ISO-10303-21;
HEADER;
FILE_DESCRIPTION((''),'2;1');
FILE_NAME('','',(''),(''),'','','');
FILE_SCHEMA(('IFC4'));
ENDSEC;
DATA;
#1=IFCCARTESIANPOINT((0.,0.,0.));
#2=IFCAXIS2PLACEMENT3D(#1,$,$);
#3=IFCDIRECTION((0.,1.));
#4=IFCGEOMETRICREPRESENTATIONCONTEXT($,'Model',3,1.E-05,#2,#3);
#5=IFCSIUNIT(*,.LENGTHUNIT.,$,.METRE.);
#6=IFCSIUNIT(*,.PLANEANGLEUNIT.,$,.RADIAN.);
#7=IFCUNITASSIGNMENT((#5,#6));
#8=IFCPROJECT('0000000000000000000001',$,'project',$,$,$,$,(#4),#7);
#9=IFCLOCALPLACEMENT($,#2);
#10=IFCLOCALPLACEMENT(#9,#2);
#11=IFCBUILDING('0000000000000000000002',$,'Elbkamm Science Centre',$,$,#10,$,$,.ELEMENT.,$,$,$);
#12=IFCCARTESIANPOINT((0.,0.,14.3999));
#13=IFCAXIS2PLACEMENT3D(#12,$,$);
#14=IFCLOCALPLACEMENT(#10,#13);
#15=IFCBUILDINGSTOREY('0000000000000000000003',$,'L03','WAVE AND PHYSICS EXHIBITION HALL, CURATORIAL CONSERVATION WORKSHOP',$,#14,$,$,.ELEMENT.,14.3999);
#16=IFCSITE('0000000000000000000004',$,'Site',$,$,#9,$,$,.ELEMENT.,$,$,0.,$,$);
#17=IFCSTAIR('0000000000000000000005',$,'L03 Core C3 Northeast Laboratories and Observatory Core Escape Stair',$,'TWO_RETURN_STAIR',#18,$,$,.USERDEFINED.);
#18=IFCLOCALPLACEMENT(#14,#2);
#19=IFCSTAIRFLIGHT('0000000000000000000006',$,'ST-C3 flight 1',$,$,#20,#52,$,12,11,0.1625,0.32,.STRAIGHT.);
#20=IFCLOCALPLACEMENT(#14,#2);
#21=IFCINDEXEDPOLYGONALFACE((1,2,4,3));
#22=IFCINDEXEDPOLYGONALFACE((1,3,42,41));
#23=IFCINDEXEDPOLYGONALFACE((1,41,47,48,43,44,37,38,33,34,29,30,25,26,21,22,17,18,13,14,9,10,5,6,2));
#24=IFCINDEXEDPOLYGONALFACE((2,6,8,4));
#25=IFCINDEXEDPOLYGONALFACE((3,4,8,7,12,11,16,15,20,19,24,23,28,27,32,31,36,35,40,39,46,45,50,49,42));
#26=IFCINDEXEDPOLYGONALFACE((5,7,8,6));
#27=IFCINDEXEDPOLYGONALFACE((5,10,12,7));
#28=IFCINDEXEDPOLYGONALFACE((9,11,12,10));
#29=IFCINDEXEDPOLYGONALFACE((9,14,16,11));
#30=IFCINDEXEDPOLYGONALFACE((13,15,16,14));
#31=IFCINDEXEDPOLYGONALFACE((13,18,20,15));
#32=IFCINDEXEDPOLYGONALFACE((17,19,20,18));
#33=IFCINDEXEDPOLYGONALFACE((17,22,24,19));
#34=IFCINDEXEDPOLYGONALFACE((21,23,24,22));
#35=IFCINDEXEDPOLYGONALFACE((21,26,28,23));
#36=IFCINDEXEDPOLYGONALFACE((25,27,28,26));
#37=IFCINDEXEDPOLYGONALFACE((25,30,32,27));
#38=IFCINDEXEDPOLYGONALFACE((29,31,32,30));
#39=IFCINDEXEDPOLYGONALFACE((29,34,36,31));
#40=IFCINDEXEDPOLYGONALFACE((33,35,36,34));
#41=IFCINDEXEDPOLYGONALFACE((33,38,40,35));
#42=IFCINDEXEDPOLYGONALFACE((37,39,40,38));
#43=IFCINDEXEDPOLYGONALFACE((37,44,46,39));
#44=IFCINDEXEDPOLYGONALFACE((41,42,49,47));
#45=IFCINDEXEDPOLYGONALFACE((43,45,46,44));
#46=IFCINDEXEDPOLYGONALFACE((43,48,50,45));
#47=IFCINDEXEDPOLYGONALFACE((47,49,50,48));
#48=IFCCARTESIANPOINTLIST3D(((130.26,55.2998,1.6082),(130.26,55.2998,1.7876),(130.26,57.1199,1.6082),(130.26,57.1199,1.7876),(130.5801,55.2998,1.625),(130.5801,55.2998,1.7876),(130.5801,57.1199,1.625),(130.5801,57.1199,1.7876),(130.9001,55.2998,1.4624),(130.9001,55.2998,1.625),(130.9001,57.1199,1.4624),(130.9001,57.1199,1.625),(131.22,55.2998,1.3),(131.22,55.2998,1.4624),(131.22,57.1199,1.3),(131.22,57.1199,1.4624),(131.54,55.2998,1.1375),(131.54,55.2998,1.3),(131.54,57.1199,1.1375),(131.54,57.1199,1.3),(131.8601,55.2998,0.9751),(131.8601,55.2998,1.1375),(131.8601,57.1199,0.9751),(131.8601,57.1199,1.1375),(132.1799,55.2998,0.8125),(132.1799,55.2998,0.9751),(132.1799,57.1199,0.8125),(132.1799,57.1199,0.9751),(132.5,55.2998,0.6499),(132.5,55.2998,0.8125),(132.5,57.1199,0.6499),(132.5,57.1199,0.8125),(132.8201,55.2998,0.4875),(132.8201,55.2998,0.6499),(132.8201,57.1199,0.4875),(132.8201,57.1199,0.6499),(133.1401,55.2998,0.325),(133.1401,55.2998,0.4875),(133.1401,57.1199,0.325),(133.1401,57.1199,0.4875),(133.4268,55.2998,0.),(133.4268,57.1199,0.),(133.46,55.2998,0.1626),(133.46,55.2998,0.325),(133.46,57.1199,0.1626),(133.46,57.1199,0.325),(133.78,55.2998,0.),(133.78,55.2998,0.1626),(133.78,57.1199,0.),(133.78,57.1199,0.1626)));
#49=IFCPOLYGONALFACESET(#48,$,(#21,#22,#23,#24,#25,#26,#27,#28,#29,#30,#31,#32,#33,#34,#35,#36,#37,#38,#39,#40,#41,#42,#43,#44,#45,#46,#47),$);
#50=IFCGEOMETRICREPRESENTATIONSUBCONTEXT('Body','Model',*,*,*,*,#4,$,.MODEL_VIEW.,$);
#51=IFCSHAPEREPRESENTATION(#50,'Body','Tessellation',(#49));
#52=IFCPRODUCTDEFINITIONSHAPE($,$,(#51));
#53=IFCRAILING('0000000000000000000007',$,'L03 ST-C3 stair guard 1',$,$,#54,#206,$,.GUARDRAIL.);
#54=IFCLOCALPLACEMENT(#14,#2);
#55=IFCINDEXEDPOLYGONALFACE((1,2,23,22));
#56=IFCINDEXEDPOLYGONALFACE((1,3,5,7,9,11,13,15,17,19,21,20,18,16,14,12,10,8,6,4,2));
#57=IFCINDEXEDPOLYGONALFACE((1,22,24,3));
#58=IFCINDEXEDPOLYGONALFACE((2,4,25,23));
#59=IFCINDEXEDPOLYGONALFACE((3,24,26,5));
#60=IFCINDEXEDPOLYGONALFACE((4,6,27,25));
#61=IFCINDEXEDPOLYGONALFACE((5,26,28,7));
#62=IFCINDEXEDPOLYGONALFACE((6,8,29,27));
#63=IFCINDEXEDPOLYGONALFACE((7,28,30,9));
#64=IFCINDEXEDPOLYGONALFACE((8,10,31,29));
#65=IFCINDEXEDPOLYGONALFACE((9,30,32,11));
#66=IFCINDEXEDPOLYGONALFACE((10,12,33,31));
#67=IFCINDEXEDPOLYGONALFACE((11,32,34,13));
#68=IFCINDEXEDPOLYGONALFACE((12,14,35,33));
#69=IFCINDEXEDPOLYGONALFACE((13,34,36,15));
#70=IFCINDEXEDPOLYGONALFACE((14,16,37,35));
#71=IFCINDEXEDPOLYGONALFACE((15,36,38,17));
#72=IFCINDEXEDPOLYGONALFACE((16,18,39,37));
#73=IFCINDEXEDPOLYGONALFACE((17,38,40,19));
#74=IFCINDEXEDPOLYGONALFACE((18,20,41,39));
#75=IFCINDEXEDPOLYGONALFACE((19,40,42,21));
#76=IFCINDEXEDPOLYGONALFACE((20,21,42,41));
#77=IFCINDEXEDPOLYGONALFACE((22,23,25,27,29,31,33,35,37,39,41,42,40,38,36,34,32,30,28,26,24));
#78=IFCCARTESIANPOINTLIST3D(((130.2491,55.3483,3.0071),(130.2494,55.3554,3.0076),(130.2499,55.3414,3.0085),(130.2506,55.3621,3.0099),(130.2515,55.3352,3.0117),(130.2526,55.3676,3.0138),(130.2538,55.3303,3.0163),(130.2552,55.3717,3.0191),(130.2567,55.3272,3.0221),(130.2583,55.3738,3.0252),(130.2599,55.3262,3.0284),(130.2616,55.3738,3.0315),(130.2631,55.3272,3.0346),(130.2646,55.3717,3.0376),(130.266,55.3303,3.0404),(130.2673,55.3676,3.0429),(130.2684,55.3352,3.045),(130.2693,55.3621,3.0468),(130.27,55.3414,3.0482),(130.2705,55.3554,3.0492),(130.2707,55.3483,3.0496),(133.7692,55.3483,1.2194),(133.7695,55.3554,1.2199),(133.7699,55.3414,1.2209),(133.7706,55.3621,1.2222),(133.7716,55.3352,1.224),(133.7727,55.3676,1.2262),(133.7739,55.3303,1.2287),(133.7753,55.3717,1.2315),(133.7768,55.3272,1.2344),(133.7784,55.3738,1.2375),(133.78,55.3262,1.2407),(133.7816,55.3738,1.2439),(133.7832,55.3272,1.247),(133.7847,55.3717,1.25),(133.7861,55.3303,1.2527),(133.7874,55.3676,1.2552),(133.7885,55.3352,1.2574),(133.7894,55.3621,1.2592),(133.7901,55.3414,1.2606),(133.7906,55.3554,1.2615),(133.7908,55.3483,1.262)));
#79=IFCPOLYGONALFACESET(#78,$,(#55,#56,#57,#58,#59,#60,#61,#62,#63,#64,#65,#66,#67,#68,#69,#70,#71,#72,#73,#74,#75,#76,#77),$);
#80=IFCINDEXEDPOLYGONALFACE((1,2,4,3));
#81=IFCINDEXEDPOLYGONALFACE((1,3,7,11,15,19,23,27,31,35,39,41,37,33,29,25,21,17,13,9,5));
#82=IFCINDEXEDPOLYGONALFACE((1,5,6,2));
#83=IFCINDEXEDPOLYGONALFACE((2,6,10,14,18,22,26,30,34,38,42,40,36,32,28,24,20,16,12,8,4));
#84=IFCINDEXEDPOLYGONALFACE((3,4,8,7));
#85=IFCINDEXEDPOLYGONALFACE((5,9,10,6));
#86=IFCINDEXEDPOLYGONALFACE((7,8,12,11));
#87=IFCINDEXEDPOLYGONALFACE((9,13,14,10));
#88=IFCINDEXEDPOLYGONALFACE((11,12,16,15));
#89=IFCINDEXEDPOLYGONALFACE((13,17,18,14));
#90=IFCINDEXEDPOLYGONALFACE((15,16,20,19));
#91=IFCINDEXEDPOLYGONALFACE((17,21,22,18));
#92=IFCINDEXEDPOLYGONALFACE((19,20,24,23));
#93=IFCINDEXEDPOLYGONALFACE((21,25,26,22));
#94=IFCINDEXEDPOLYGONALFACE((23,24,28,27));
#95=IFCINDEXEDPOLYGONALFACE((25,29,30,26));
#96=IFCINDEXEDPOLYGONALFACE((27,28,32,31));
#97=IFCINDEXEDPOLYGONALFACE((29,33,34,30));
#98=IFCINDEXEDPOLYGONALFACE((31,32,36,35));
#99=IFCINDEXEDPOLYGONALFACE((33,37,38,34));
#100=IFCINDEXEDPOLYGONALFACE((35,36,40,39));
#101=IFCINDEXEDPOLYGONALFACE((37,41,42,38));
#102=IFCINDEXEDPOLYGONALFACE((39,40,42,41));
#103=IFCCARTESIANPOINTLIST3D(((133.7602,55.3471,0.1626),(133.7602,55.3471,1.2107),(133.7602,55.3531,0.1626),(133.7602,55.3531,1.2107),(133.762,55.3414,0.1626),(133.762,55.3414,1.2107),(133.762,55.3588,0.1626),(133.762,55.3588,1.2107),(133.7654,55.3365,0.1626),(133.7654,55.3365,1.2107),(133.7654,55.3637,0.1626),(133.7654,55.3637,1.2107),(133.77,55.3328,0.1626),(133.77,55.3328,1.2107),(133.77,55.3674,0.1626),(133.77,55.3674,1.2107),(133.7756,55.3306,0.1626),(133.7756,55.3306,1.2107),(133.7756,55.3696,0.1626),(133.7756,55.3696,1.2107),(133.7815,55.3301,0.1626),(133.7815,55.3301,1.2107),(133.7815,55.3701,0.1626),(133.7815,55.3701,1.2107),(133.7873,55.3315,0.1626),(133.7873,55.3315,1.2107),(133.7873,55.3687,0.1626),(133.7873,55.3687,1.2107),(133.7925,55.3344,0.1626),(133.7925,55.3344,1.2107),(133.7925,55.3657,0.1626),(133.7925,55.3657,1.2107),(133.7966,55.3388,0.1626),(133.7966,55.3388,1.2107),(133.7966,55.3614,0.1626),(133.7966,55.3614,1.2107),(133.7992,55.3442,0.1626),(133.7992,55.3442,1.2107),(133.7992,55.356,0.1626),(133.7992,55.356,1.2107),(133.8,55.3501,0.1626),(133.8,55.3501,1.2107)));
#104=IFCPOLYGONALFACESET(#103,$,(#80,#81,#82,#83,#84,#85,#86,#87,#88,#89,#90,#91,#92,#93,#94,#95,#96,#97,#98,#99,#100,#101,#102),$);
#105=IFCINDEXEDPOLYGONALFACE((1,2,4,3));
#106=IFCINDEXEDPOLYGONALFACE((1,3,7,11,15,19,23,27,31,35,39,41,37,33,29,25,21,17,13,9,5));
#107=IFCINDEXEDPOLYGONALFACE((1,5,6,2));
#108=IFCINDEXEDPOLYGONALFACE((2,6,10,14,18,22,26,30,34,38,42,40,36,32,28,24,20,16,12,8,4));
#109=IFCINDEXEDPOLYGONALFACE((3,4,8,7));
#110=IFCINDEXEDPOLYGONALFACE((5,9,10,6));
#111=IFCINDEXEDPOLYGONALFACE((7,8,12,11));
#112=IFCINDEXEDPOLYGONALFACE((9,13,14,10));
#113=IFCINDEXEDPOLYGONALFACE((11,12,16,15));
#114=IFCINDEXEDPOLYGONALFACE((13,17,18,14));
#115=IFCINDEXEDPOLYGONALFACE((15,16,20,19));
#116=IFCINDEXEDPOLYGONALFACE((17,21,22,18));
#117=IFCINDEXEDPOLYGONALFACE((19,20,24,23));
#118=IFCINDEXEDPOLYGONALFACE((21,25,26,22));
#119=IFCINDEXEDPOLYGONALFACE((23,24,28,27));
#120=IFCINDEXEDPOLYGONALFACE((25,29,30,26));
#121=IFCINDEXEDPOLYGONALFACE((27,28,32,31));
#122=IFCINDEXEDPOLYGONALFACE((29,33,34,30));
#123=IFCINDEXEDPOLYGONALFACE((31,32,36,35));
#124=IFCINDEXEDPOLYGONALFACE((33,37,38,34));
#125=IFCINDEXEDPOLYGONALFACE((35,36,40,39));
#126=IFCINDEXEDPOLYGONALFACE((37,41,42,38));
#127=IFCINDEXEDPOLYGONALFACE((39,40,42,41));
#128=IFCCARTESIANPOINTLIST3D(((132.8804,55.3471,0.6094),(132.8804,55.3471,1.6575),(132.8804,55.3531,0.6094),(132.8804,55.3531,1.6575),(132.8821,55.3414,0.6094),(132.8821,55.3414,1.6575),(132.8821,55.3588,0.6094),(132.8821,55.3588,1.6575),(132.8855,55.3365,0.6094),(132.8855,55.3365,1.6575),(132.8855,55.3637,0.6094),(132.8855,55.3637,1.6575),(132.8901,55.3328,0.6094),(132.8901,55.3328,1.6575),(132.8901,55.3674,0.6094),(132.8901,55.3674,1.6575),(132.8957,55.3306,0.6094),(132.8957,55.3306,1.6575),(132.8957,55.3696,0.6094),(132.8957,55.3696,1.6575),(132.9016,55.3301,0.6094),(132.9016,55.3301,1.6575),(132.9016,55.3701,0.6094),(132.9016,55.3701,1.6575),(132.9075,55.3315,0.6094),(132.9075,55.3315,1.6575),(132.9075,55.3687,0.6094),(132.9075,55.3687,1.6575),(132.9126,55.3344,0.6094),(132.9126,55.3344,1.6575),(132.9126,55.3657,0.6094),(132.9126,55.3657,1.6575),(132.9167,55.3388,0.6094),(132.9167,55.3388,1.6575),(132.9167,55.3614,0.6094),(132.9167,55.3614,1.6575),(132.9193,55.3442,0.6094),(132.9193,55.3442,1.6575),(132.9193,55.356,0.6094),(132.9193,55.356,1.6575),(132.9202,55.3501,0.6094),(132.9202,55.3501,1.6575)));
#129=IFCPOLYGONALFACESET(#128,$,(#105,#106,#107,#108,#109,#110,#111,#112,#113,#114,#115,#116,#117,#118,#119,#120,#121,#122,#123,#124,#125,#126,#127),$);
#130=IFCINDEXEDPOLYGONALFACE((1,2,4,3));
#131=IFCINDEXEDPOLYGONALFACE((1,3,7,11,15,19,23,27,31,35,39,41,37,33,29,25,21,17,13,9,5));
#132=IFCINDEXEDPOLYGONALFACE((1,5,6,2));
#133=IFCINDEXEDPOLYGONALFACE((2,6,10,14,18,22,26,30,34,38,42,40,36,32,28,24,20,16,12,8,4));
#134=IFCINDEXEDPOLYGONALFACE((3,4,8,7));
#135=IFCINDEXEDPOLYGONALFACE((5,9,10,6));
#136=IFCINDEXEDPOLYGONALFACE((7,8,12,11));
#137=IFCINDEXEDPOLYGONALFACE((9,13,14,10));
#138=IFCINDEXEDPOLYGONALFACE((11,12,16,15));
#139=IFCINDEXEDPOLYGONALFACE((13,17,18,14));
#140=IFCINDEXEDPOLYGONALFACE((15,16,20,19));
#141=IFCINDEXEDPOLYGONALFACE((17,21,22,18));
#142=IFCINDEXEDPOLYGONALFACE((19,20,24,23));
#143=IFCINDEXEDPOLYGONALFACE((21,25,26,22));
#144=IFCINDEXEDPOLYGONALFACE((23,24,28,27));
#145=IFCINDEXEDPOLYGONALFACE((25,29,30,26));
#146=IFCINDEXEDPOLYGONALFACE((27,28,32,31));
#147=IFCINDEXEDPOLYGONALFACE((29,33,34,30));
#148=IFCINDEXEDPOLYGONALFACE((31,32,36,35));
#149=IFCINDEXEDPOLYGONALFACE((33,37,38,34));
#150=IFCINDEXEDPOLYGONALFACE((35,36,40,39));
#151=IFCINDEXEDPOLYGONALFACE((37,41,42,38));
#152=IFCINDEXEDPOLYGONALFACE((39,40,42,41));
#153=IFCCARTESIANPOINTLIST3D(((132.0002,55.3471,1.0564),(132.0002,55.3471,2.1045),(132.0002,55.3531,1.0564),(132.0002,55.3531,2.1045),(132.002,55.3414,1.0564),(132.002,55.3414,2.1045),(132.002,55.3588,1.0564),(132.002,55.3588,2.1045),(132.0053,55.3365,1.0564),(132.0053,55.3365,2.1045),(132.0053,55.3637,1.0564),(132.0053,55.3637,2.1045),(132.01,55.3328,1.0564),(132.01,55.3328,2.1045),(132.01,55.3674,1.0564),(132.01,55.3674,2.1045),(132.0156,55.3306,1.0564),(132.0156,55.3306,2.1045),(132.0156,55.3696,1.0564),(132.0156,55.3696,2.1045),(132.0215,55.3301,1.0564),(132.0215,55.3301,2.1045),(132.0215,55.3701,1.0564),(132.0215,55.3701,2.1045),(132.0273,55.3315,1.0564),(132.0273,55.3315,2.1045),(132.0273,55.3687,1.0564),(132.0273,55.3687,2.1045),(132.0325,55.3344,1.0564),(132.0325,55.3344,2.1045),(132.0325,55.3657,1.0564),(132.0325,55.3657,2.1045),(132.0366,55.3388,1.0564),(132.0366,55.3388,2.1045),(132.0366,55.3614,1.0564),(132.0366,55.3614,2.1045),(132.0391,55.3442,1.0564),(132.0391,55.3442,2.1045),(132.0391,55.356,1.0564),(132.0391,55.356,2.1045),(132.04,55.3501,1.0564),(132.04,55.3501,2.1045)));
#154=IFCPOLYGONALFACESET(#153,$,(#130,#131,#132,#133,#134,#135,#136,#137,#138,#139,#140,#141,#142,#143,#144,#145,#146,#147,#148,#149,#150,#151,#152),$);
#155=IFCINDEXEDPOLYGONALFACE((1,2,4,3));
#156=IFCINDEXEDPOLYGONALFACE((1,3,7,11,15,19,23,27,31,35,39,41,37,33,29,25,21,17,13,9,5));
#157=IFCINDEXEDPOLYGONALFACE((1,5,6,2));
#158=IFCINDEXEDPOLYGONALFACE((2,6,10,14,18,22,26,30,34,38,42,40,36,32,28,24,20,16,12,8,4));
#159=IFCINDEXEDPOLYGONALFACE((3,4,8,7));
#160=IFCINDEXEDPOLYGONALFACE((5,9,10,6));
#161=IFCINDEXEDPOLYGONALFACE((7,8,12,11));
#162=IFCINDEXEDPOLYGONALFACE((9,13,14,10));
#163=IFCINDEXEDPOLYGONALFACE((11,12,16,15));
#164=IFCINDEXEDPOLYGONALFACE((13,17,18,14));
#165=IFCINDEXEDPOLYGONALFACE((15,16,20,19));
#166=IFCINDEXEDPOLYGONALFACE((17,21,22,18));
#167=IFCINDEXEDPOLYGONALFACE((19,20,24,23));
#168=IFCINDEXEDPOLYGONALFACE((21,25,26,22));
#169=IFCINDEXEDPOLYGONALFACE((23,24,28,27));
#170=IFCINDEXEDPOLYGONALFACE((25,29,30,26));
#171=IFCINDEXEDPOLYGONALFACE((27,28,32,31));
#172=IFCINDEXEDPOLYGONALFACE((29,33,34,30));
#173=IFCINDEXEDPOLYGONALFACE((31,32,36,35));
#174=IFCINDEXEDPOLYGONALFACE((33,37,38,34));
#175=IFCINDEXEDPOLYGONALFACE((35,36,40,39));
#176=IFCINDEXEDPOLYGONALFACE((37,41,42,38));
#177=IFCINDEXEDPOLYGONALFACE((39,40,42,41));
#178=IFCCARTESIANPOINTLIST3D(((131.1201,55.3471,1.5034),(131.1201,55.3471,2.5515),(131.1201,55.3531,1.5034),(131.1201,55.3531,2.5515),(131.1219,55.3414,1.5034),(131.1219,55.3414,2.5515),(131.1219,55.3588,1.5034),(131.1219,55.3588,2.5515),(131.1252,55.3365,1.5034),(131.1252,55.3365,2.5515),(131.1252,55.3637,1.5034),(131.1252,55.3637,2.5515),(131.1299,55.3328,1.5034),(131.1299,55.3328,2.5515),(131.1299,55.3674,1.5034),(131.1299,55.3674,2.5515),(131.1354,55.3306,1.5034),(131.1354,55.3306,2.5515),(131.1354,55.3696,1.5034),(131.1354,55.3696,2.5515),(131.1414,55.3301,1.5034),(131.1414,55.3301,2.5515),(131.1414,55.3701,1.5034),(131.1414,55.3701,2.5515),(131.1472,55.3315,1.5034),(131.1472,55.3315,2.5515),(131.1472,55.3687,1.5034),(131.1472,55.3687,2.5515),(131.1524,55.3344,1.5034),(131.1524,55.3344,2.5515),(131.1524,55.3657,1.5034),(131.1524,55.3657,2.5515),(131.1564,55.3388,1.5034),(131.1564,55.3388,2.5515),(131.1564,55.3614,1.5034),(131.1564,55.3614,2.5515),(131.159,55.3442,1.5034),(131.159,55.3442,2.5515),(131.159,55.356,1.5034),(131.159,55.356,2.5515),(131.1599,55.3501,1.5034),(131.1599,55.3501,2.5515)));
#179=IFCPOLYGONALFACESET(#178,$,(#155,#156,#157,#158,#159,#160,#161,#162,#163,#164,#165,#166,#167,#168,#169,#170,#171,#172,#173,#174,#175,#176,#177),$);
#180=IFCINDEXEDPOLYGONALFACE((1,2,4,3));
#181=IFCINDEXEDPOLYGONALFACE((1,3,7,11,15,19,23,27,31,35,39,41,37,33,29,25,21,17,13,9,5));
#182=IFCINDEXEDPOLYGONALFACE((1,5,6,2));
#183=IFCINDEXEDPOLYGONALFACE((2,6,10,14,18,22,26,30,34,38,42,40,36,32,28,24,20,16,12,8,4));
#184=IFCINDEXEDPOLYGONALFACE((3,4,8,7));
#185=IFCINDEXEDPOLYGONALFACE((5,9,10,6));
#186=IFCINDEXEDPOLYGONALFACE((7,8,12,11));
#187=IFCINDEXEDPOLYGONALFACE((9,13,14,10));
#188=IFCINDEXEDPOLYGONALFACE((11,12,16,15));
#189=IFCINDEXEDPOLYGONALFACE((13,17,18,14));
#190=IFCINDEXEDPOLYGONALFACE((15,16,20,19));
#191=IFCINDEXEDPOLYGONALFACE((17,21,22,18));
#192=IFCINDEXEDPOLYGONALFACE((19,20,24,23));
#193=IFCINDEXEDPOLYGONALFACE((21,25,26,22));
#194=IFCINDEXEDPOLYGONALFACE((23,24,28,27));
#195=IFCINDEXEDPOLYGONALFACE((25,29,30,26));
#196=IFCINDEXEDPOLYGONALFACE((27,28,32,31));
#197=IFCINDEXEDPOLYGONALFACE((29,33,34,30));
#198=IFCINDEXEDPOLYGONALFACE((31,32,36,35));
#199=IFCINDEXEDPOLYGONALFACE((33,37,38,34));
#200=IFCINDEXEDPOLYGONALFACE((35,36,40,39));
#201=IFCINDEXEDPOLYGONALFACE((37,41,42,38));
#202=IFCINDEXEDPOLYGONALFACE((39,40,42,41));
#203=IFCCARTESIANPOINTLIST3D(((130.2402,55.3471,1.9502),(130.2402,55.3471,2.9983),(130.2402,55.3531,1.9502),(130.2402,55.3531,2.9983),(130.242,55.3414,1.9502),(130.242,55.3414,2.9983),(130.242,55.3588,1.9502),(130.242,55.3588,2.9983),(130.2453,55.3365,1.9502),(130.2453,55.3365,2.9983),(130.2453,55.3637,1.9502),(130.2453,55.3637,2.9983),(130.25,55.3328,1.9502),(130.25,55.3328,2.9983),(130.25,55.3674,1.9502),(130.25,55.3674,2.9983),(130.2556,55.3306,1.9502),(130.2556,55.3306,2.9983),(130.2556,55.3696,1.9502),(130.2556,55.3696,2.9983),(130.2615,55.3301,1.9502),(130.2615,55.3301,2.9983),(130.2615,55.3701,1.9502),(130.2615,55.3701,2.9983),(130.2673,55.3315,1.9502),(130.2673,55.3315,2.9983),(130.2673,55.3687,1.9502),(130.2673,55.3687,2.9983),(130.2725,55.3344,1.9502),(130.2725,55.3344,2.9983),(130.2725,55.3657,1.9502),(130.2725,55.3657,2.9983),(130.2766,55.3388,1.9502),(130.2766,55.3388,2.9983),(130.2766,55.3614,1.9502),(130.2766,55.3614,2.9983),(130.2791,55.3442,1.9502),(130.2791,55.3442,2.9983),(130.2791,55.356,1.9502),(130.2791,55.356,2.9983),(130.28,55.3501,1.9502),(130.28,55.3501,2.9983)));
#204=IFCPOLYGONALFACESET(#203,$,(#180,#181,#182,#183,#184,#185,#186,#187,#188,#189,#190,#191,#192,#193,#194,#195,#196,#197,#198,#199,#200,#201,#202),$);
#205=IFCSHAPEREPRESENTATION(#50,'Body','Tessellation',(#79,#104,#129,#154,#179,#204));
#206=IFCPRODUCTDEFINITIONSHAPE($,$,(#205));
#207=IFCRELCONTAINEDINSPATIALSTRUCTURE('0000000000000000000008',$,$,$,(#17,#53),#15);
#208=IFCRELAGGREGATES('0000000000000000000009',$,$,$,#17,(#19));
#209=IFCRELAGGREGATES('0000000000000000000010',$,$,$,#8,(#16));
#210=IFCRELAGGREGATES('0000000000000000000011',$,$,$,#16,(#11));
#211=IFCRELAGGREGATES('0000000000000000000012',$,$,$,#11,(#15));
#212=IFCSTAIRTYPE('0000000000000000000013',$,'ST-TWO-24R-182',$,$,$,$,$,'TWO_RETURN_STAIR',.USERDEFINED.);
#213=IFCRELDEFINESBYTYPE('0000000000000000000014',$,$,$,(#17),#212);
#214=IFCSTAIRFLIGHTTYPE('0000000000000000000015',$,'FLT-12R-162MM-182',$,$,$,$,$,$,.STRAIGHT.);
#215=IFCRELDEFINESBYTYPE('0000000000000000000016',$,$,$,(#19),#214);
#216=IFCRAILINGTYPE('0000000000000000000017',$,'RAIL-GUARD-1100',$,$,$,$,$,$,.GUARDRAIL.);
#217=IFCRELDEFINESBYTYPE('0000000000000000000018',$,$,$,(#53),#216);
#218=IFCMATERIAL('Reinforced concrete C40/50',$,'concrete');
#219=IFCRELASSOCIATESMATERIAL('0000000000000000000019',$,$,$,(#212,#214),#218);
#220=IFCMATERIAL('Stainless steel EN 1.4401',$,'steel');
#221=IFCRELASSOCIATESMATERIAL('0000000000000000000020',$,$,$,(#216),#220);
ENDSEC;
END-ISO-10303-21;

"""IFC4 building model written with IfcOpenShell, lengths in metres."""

from ifc_helpers import new_model, si_unit, direction, frame, origin, origin_2d, place, context, subcontext, project, spatial, polyline, circle, outline, extrude, material, type_object, element, aggregate, save


model = new_model("IFC4")

# Units and contexts
model_context = context("Model", 3, precision=1e-05, world=origin(), true_north=direction((0.0, 1.0)))
body_context = subcontext(model_context, "Body", "Model", "MODEL_VIEW")
ifc_project = project(units=[si_unit("LENGTHUNIT", "METRE"), si_unit("PLANEANGLEUNIT", "RADIAN")], contexts=[model_context])

# Site, building, storey
site_placement = place(None, origin())
site = spatial("IfcSite", under=ifc_project, at=site_placement, Name="Site", CompositionType="ELEMENT", RefElevation=0.0)
building_placement = place(site_placement, origin())
building = spatial("IfcBuilding", under=site, at=building_placement, Name="Elbkamm Science Centre", CompositionType="ELEMENT")
storey_placement = place(building_placement, frame((0.0, 0.0, 14.3999)))
storey = spatial("IfcBuildingStorey", under=building, at=storey_placement, Name="L03", Description="WAVE AND PHYSICS EXHIBITION HALL, CURATORIAL CONSERVATION WORKSHOP", CompositionType="ELEMENT", Elevation=14.3999)

# Shared definitions
ifc_material_1 = material(Name="Reinforced concrete C40/50", Category="concrete")

# Stair, stair flight
stair_type = type_object("IfcStairType", Name="ST-TWO-24R-182", ElementType="TWO_RETURN_STAIR", PredefinedType="USERDEFINED", material=ifc_material_1)
stair_placement = place(storey_placement, origin())
stair = element("IfcStair", 1, at=stair_placement, inside=storey, type_object=stair_type, Name="L03 Core C3 Northeast Laboratories and Observatory Core Escape Stair", ObjectType="TWO_RETURN_STAIR", PredefinedType="USERDEFINED")
stair_flight_type = type_object("IfcStairFlightType", Name="FLT-12R-162MM-182", PredefinedType="STRAIGHT", material=ifc_material_1)
stair_flight_placement = place(storey_placement, frame((133.78, 56.21, 0.0), z_axis=(0.0, 0.0, 1.0), x_axis=(-1.0, 0.0, 0.0)))
stair_flight = element("IfcStairFlight", 2, at=stair_flight_placement, type_object=stair_flight_type, Name="ST-C3 flight 1", NumberOfRisers=12, NumberOfTreads=11, PredefinedType="STRAIGHT", RiserHeight=0.1625, TreadLength=0.32, context=body_context, shape_type="SweptSolid", body=[
    extrude(outline(polyline([(0.0, 0.0), (0.0, 0.1626), (0.3201, 0.1626), (0.3201, 0.325), (0.6399, 0.325), (0.6399, 0.4875), (0.96, 0.4875), (0.96, 0.6499), (1.28, 0.6499), (1.28, 0.8125), (1.6001, 0.8125), (1.6001, 0.9751), (1.9199, 0.9751), (1.9199, 1.1375), (2.24, 1.1375), (2.24, 1.3), (2.5601, 1.3), (2.5601, 1.4624), (2.8799, 1.4624), (2.8799, 1.625), (3.2, 1.625), (3.2, 1.7876), (3.52, 1.7876), (3.52, 1.95), (3.52, 1.6082), (0.3533, 0.0), (0.0, 0.0)])), frame((0.0, 0.9102, 0.0), z_axis=(0.0, -1.0, 0.0), x_axis=(1.0, 0.0, 0.0)), (0.0, 0.0, 1.0), 1.8201),
])
aggregate(stair, [stair_flight])

# Railing
ifc_material_2 = material(Name="Stainless steel EN 1.4401", Category="steel")
railing_type_1 = type_object("IfcRailingType", Name="RAIL-GUARD-1100", PredefinedType="GUARDRAIL", material=ifc_material_2)
railing_1_placement = place(storey_placement, frame((133.78, 55.3501, 0.1626)))
element("IfcRailing", 3, at=railing_1_placement, inside=storey, type_object=railing_type_1, Name="L03 ST-C3 stair guard 1", PredefinedType="GUARDRAIL", context=body_context, shape_type="SweptSolid", body=[
    extrude(circle(Radius=0.0239, at=origin_2d()), frame((0.0, 0.0, 1.0781), z_axis=(-0.891615, 0.0, 0.452795), x_axis=(0.0, -1.0, 0.0)), (0.0, 0.0, 1.0), 3.948),
    extrude(circle(Radius=0.02, at=origin_2d()), origin(), (0.0, 0.0, 1.0), 1.0481),
    extrude(circle(Radius=0.02, at=origin_2d()), frame((-0.8799, 0.0, 0.4468)), (0.0, 0.0, 1.0), 1.0481),
    extrude(circle(Radius=0.02, at=origin_2d()), frame((-1.76, 0.0, 0.8938)), (0.0, 0.0, 1.0), 1.0481),
    extrude(circle(Radius=0.02, at=origin_2d()), frame((-2.6401, 0.0, 1.3408)), (0.0, 0.0, 1.0), 1.0481),
    extrude(circle(Radius=0.02, at=origin_2d()), frame((-3.52, 0.0, 1.7876)), (0.0, 0.0, 1.0), 1.0481),
])

save(model, "model.ifc")
